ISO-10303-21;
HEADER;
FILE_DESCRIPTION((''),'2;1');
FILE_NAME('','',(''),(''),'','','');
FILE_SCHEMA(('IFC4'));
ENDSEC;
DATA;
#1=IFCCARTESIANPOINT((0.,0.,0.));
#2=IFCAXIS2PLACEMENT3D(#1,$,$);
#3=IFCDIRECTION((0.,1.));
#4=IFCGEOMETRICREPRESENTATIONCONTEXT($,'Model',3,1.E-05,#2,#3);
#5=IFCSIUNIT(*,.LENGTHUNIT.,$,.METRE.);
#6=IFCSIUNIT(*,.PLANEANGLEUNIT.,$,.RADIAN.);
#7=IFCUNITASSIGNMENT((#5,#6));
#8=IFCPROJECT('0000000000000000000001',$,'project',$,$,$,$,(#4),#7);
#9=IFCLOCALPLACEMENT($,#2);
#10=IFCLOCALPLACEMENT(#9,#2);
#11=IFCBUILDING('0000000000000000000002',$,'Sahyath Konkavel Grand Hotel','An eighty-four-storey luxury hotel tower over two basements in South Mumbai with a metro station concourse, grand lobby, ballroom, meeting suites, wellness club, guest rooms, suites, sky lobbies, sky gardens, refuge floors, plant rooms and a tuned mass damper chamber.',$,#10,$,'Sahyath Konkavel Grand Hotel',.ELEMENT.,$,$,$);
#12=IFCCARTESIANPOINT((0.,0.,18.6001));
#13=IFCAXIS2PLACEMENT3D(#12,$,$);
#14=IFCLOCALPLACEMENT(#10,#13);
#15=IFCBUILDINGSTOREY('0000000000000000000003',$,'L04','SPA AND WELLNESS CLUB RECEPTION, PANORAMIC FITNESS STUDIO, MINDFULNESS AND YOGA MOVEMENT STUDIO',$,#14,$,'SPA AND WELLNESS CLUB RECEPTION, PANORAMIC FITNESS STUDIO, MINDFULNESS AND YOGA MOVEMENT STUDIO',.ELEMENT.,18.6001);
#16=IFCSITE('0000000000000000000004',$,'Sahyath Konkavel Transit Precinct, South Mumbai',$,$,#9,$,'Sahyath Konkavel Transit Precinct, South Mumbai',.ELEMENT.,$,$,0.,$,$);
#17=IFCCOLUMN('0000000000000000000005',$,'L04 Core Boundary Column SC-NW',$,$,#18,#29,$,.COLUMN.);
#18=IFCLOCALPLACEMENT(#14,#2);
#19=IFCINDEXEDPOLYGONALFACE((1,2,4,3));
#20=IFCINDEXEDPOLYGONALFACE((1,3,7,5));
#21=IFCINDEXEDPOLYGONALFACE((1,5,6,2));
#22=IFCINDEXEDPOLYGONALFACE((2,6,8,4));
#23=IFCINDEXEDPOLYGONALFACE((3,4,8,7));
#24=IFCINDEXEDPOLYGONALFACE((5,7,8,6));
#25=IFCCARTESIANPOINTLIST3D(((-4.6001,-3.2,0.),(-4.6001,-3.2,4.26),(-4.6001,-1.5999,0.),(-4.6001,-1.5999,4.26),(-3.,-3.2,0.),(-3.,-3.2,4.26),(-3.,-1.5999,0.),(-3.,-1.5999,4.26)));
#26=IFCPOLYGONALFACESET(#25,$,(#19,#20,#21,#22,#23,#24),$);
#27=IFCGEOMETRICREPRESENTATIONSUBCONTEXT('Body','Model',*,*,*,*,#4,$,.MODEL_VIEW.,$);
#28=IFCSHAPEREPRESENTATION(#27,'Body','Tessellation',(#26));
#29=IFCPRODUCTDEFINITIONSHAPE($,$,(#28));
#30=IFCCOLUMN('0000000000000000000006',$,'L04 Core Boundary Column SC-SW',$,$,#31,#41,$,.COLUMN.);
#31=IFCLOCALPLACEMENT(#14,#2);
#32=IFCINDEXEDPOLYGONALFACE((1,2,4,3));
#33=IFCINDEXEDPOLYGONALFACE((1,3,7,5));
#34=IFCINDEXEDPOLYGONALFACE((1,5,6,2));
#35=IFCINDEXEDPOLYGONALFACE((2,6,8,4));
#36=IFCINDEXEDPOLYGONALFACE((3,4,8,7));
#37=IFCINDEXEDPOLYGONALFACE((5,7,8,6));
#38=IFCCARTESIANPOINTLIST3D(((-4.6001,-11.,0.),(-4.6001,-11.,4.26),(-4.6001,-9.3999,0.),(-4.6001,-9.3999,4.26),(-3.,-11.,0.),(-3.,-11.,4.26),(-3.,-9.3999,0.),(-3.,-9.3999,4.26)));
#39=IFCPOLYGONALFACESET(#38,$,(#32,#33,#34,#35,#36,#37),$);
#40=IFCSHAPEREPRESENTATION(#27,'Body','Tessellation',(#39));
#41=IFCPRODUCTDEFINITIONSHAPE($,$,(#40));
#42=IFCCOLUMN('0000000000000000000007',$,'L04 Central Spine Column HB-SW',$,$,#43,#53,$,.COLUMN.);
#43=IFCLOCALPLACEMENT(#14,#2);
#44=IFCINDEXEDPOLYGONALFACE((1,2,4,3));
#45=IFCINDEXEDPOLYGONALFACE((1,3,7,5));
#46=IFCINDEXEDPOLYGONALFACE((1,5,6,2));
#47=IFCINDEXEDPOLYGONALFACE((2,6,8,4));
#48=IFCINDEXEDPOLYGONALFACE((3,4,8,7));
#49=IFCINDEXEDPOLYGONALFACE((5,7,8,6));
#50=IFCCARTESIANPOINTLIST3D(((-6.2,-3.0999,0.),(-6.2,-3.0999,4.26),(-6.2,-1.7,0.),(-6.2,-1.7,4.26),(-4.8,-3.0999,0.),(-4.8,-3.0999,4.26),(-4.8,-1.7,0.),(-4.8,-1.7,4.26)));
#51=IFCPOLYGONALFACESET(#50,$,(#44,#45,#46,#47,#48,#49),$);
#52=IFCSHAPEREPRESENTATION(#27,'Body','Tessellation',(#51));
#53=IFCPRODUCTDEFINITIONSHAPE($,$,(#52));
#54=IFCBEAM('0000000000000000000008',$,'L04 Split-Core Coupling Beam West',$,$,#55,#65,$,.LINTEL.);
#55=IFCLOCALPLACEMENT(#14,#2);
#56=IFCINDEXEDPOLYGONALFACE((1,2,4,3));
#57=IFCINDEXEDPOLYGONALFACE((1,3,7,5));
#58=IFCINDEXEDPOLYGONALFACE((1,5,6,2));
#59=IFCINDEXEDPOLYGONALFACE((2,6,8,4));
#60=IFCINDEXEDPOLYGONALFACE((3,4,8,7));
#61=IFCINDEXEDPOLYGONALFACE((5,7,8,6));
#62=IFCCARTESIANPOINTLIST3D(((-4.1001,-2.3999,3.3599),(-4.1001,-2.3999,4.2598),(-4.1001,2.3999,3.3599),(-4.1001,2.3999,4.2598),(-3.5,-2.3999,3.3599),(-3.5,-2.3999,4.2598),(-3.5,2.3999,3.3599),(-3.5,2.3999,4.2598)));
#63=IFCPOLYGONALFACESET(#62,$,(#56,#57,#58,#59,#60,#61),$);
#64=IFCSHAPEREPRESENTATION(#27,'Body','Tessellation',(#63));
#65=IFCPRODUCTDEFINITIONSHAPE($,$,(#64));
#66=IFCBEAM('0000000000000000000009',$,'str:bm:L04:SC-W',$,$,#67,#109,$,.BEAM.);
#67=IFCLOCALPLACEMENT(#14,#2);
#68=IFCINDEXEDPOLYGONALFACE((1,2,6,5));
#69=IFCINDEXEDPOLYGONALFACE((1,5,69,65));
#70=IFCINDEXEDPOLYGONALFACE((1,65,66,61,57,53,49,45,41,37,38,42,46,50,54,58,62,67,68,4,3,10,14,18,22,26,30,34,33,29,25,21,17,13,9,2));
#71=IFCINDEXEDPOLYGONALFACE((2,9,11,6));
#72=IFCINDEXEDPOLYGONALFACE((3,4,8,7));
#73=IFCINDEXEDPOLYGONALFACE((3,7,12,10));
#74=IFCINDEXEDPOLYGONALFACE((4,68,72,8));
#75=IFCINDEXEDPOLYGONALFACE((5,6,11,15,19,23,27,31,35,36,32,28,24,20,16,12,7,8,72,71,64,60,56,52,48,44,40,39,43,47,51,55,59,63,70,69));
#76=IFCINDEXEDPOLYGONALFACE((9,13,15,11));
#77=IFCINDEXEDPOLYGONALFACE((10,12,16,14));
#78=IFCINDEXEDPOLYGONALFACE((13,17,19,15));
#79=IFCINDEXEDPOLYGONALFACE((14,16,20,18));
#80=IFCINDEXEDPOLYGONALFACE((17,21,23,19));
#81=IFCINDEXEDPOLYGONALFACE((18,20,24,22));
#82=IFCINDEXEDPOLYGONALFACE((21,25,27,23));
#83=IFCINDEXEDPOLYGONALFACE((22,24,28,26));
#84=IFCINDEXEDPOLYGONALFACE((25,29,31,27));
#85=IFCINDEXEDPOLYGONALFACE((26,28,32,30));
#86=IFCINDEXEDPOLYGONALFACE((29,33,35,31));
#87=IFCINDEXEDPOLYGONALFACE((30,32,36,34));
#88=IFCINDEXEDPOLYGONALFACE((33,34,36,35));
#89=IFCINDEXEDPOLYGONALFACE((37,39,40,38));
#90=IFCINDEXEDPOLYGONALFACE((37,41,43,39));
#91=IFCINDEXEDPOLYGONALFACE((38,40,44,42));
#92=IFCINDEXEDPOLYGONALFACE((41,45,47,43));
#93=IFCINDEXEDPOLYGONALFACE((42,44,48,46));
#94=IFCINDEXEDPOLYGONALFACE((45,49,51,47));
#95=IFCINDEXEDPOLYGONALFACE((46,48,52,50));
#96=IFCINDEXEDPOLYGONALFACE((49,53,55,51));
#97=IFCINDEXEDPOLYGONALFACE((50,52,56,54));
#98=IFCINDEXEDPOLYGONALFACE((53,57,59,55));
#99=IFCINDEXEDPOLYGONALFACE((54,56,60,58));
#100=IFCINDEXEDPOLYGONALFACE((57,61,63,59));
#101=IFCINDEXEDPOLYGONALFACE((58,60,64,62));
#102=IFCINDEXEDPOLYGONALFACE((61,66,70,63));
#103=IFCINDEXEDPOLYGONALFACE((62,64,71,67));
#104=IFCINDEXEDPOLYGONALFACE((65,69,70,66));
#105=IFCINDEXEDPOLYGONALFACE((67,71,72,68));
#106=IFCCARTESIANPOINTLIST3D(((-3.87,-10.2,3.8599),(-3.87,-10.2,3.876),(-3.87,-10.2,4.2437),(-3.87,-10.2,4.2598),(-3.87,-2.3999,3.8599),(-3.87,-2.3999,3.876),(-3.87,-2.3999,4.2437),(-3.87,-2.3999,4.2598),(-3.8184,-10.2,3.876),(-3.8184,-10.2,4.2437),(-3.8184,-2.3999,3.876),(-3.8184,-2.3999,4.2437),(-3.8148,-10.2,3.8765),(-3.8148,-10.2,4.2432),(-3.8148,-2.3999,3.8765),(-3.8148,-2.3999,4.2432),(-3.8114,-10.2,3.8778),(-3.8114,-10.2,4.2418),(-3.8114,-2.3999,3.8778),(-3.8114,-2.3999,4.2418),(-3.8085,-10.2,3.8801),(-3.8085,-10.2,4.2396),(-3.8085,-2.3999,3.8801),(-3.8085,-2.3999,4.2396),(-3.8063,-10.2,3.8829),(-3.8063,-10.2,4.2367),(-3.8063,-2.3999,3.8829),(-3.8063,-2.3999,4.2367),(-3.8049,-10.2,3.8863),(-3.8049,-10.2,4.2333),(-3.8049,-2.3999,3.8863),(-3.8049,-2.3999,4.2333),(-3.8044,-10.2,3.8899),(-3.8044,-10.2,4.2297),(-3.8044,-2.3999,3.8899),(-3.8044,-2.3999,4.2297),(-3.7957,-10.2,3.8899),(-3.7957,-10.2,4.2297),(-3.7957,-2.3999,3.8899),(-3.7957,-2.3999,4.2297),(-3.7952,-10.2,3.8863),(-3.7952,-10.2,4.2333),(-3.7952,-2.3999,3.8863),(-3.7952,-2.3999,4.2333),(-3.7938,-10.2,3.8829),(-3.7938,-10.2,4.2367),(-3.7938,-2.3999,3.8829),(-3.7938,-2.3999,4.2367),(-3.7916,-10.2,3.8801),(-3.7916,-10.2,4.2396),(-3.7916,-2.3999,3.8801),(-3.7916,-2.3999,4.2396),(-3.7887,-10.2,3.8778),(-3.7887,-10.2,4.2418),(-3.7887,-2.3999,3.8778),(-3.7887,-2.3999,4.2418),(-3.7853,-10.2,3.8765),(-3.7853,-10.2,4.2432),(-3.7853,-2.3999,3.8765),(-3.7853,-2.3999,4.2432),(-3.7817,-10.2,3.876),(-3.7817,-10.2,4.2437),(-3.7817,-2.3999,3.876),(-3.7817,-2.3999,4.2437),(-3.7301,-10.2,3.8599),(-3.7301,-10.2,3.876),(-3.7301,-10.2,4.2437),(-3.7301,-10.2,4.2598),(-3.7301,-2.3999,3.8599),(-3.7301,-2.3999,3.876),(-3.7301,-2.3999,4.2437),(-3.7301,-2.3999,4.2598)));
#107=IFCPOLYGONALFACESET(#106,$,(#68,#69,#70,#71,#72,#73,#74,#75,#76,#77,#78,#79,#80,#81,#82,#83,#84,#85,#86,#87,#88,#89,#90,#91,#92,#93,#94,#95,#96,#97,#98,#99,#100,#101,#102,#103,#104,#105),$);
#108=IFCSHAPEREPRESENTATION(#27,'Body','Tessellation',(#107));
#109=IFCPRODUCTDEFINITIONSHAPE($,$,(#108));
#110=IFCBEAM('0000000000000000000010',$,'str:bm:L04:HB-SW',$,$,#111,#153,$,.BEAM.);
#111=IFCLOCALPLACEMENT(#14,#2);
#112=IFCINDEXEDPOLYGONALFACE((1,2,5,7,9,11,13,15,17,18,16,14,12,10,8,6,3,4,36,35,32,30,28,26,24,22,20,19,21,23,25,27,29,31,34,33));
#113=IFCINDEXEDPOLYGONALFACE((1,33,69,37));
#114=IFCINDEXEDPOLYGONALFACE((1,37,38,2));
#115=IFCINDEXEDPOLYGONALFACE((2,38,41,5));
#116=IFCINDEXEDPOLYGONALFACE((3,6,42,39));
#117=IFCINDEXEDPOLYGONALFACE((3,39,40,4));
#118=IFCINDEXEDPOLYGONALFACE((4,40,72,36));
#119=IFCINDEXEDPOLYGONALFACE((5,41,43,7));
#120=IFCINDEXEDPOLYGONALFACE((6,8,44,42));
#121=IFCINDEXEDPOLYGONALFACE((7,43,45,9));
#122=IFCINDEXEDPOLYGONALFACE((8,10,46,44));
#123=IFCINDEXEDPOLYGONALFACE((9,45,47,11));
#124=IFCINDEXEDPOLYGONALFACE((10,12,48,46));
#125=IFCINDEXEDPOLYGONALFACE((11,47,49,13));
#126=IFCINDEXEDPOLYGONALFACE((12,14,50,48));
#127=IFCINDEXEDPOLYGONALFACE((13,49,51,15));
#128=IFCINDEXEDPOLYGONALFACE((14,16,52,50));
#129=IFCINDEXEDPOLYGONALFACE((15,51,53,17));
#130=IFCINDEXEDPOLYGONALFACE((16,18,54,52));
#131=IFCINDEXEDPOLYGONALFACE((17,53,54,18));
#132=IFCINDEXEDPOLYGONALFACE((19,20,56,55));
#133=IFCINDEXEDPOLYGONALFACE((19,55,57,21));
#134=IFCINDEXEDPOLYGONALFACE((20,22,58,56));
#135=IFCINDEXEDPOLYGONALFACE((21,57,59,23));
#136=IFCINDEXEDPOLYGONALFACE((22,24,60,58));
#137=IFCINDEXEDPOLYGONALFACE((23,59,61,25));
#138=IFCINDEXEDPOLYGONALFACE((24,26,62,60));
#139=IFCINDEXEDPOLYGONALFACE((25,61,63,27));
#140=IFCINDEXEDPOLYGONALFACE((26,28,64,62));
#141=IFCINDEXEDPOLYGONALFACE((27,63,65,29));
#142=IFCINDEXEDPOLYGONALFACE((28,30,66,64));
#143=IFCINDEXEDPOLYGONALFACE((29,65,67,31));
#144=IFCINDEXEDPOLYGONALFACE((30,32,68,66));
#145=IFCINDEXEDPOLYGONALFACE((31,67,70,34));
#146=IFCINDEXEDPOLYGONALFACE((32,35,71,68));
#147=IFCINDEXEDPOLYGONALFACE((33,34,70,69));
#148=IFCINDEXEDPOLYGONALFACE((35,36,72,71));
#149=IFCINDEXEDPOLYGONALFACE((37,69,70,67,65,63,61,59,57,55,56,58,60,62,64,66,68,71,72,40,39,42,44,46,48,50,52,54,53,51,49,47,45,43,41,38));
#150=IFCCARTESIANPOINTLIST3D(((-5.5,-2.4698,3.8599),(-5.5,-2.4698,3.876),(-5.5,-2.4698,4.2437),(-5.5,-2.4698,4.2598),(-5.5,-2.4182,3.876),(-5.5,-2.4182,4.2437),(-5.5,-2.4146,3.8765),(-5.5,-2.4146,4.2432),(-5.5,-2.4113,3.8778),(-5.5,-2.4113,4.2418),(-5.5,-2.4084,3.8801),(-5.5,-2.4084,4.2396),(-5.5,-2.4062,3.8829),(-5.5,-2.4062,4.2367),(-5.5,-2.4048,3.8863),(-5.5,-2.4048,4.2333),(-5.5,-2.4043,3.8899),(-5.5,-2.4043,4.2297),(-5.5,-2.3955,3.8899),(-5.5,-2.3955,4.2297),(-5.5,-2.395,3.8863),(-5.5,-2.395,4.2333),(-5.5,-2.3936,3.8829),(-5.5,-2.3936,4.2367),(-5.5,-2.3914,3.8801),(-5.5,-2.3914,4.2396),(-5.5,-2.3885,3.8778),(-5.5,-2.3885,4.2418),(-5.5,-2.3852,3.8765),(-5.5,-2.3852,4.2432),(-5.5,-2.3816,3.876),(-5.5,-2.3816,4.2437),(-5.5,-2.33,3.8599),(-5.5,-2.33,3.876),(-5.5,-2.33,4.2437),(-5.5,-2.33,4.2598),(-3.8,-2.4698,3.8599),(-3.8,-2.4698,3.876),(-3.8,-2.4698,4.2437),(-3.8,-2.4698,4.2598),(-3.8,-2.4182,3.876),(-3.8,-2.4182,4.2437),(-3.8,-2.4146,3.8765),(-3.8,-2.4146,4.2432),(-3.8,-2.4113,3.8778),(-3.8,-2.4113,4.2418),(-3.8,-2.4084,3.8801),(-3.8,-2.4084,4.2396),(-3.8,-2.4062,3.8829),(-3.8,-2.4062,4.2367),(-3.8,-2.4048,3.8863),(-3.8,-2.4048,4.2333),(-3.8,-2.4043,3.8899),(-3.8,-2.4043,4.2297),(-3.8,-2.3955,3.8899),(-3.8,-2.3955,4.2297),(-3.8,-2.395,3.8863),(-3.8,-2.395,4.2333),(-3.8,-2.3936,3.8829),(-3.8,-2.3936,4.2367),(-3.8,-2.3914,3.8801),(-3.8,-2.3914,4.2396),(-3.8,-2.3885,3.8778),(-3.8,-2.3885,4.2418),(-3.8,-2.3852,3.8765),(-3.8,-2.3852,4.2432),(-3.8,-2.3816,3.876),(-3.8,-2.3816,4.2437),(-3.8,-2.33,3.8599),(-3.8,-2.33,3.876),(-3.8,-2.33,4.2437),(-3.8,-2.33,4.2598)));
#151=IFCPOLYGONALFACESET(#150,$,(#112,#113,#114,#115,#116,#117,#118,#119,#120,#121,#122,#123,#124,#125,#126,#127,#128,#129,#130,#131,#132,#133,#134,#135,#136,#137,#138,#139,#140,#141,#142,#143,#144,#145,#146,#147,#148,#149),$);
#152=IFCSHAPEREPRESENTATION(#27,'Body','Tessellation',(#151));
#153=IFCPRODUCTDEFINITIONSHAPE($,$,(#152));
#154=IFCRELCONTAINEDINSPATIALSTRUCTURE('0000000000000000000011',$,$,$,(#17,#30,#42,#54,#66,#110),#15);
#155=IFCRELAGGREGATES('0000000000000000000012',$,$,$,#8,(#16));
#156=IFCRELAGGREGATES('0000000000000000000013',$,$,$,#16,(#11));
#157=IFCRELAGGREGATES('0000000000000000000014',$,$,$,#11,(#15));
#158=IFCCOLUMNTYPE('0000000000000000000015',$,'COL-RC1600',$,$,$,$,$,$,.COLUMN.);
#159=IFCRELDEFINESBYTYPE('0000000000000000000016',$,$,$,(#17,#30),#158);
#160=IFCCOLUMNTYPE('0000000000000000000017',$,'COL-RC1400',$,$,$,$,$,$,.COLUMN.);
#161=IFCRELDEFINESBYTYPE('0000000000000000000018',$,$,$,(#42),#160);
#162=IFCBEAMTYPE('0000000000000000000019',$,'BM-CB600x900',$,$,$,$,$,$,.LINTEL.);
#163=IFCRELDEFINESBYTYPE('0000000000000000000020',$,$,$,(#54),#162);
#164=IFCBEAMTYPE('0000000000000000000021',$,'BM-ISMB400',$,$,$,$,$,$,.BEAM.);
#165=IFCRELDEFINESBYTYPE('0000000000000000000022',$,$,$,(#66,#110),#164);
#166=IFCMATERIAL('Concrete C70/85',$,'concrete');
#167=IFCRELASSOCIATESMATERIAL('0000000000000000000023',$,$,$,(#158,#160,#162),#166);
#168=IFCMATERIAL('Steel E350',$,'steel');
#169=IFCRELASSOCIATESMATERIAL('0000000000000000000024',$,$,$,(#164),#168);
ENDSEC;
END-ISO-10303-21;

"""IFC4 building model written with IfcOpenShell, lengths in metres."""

from ifc_helpers import new_model, si_unit, direction, frame, origin, origin_2d, place, context, subcontext, project, spatial, rectangle, i_section, extrude, source, transform, mapped, material, material_profile, profile_set, type_object, element, save


model = new_model("IFC4")

# Units and contexts
model_context = context("Model", 3, precision=1e-05, world=origin(), true_north=direction((0.0, 1.0)))
body_context = subcontext(model_context, "Body", "Model", "MODEL_VIEW")
ifc_project = project(units=[si_unit("LENGTHUNIT", "METRE"), si_unit("PLANEANGLEUNIT", "RADIAN")], contexts=[model_context])

# Site, building, storey
site_placement = place(None, origin())
site = spatial("IfcSite", under=ifc_project, at=site_placement, Name="Sahyath Konkavel Transit Precinct, South Mumbai", LongName="Sahyath Konkavel Transit Precinct, South Mumbai", CompositionType="ELEMENT", RefElevation=0.0)
building_placement = place(site_placement, origin())
building = spatial("IfcBuilding", under=site, at=building_placement, Name="Sahyath Konkavel Grand Hotel", Description="An eighty-four-storey luxury hotel tower over two basements in South Mumbai with a metro station concourse, grand lobby, ballroom, meeting suites, wellness club, guest rooms, suites, sky lobbies, sky gardens, refuge floors, plant rooms and a tuned mass damper chamber.", LongName="Sahyath Konkavel Grand Hotel", CompositionType="ELEMENT")
storey_placement = place(building_placement, frame((0.0, 0.0, 18.6001)))
storey = spatial("IfcBuildingStorey", under=building, at=storey_placement, Name="L04", Description="SPA AND WELLNESS CLUB RECEPTION, PANORAMIC FITNESS STUDIO, MINDFULNESS AND YOGA MOVEMENT STUDIO", LongName="SPA AND WELLNESS CLUB RECEPTION, PANORAMIC FITNESS STUDIO, MINDFULNESS AND YOGA MOVEMENT STUDIO", CompositionType="ELEMENT", Elevation=18.6001)

# Columns
ifc_material_1 = material(Name="Concrete C70/85", Category="concrete")
ifc_material_profile_1 = material_profile(ifc_material_1, rectangle(XDim=1.6001, YDim=1.6001, at=origin_2d()), Name="RC 1600x1600")
ifc_profile_set_1 = profile_set([ifc_material_profile_1], Name="Concrete C70/85")
column_type_1 = type_object("IfcColumnType", Name="COL-RC1600", PredefinedType="COLUMN", material=ifc_profile_set_1)
shared_shape_1 = source(origin(), body_context, "Body", "SweptSolid", [
    extrude(rectangle(XDim=1.6001, YDim=1.6001, at=origin_2d()), origin(), (0.0, 0.0, 1.0), 4.26),
])
for number, where, z_axis, x_axis, name in (
    (1, (-3.8, -2.3999, 0.0), (0.0, 0.0, 1.0), (1.0, 0.0, 0.0), "L04 Core Boundary Column SC-NW"),
    (2, (-3.8, -10.2, 0.0), (0.0, 0.0, 1.0), (1.0, 0.0, 0.0), "L04 Core Boundary Column SC-SW"),
):
    element("IfcColumn", number, at=place(storey_placement, frame(where, z_axis=z_axis, x_axis=x_axis)), inside=storey, type_object=column_type_1, Name=name, PredefinedType="COLUMN", context=body_context, shape_type="MappedRepresentation", body=[
        mapped(shared_shape_1, transform((0.0, 0.0, 0.0), scale=1.0)),
    ])
ifc_material_profile_2 = material_profile(ifc_material_1, rectangle(XDim=1.3999, YDim=1.3999, at=origin_2d()), Name="RC 1400x1400")
ifc_profile_set_2 = profile_set([ifc_material_profile_2], Name="Concrete C70/85")
column_type_2 = type_object("IfcColumnType", Name="COL-RC1400", PredefinedType="COLUMN", material=ifc_profile_set_2)
shared_shape_2 = source(origin(), body_context, "Body", "SweptSolid", [
    extrude(rectangle(XDim=1.3999, YDim=1.3999, at=origin_2d()), origin(), (0.0, 0.0, 1.0), 4.26),
])
column_placement = place(storey_placement, frame((-5.5, -2.3999, 0.0), z_axis=(0.0, 0.0, 1.0), x_axis=(1.0, 0.0, 0.0)))
element("IfcColumn", 3, at=column_placement, inside=storey, type_object=column_type_2, Name="L04 Central Spine Column HB-SW", PredefinedType="COLUMN", context=body_context, shape_type="MappedRepresentation", body=[
    mapped(shared_shape_2, transform((0.0, 0.0, 0.0), scale=1.0)),
])

# Beams
ifc_material_profile_3 = material_profile(ifc_material_1, rectangle(XDim=0.6001, YDim=0.8999, at=origin_2d()), Name="RC 600x900")
ifc_profile_set_3 = profile_set([ifc_material_profile_3], Name="Concrete C70/85")
beam_type_1 = type_object("IfcBeamType", Name="BM-CB600x900", PredefinedType="LINTEL", material=ifc_profile_set_3)
shared_shape_3 = source(origin(), body_context, "Body", "SweptSolid", [
    extrude(rectangle(XDim=0.6001, YDim=0.8999, at=origin_2d()), origin(), (0.0, 0.0, 1.0), 4.7998),
])
beam_1_placement = place(storey_placement, frame((-3.8, -2.3999, 3.8098), z_axis=(0.0, 1.0, 0.0), x_axis=(-1.0, 0.0, 0.0)))
element("IfcBeam", 4, at=beam_1_placement, inside=storey, type_object=beam_type_1, Name="L04 Split-Core Coupling Beam West", PredefinedType="LINTEL", context=body_context, shape_type="MappedRepresentation", body=[
    mapped(shared_shape_3, transform((0.0, 0.0, 0.0), scale=1.0)),
])
ifc_material_2 = material(Name="Steel E350", Category="steel")
ifc_material_profile_4 = material_profile(ifc_material_2, i_section(OverallWidth=0.1399, OverallDepth=0.3999, WebThickness=0.0088, FlangeThickness=0.0161, FilletRadius=0.0139, at=origin_2d()), Name="ISMB 400")
ifc_profile_set_4 = profile_set([ifc_material_profile_4], Name="Steel E350")
beam_type_2 = type_object("IfcBeamType", Name="BM-ISMB400", PredefinedType="BEAM", material=ifc_profile_set_4)
shared_shape_4 = source(origin(), body_context, "Body", "SweptSolid", [
    extrude(i_section(OverallWidth=0.1399, OverallDepth=0.3999, WebThickness=0.0088, FlangeThickness=0.0161, FilletRadius=0.0139, at=origin_2d()), origin(), (0.0, 0.0, 1.0), 7.8),
])
beam_2_placement = place(storey_placement, frame((-3.8, -10.2, 4.0598), z_axis=(0.0, 1.0, 0.0), x_axis=(-1.0, 0.0, 0.0)))
element("IfcBeam", 5, at=beam_2_placement, inside=storey, type_object=beam_type_2, Name="str:bm:L04:SC-W", PredefinedType="BEAM", context=body_context, shape_type="MappedRepresentation", body=[
    mapped(shared_shape_4, transform((0.0, 0.0, 0.0), scale=1.0)),
])
shared_shape_5 = source(origin(), body_context, "Body", "SweptSolid", [
    extrude(i_section(OverallWidth=0.1399, OverallDepth=0.3999, WebThickness=0.0088, FlangeThickness=0.0161, FilletRadius=0.0139, at=origin_2d()), origin(), (0.0, 0.0, 1.0), 1.7),
])
beam_3_placement = place(storey_placement, frame((-5.5, -2.3999, 4.0598), z_axis=(1.0, 0.0, 0.0), x_axis=(0.0, 1.0, 0.0)))
element("IfcBeam", 6, at=beam_3_placement, inside=storey, type_object=beam_type_2, Name="str:bm:L04:HB-SW", PredefinedType="BEAM", context=body_context, shape_type="MappedRepresentation", body=[
    mapped(shared_shape_5, transform((0.0, 0.0, 0.0), scale=1.0)),
])

save(model, "model.ifc")
